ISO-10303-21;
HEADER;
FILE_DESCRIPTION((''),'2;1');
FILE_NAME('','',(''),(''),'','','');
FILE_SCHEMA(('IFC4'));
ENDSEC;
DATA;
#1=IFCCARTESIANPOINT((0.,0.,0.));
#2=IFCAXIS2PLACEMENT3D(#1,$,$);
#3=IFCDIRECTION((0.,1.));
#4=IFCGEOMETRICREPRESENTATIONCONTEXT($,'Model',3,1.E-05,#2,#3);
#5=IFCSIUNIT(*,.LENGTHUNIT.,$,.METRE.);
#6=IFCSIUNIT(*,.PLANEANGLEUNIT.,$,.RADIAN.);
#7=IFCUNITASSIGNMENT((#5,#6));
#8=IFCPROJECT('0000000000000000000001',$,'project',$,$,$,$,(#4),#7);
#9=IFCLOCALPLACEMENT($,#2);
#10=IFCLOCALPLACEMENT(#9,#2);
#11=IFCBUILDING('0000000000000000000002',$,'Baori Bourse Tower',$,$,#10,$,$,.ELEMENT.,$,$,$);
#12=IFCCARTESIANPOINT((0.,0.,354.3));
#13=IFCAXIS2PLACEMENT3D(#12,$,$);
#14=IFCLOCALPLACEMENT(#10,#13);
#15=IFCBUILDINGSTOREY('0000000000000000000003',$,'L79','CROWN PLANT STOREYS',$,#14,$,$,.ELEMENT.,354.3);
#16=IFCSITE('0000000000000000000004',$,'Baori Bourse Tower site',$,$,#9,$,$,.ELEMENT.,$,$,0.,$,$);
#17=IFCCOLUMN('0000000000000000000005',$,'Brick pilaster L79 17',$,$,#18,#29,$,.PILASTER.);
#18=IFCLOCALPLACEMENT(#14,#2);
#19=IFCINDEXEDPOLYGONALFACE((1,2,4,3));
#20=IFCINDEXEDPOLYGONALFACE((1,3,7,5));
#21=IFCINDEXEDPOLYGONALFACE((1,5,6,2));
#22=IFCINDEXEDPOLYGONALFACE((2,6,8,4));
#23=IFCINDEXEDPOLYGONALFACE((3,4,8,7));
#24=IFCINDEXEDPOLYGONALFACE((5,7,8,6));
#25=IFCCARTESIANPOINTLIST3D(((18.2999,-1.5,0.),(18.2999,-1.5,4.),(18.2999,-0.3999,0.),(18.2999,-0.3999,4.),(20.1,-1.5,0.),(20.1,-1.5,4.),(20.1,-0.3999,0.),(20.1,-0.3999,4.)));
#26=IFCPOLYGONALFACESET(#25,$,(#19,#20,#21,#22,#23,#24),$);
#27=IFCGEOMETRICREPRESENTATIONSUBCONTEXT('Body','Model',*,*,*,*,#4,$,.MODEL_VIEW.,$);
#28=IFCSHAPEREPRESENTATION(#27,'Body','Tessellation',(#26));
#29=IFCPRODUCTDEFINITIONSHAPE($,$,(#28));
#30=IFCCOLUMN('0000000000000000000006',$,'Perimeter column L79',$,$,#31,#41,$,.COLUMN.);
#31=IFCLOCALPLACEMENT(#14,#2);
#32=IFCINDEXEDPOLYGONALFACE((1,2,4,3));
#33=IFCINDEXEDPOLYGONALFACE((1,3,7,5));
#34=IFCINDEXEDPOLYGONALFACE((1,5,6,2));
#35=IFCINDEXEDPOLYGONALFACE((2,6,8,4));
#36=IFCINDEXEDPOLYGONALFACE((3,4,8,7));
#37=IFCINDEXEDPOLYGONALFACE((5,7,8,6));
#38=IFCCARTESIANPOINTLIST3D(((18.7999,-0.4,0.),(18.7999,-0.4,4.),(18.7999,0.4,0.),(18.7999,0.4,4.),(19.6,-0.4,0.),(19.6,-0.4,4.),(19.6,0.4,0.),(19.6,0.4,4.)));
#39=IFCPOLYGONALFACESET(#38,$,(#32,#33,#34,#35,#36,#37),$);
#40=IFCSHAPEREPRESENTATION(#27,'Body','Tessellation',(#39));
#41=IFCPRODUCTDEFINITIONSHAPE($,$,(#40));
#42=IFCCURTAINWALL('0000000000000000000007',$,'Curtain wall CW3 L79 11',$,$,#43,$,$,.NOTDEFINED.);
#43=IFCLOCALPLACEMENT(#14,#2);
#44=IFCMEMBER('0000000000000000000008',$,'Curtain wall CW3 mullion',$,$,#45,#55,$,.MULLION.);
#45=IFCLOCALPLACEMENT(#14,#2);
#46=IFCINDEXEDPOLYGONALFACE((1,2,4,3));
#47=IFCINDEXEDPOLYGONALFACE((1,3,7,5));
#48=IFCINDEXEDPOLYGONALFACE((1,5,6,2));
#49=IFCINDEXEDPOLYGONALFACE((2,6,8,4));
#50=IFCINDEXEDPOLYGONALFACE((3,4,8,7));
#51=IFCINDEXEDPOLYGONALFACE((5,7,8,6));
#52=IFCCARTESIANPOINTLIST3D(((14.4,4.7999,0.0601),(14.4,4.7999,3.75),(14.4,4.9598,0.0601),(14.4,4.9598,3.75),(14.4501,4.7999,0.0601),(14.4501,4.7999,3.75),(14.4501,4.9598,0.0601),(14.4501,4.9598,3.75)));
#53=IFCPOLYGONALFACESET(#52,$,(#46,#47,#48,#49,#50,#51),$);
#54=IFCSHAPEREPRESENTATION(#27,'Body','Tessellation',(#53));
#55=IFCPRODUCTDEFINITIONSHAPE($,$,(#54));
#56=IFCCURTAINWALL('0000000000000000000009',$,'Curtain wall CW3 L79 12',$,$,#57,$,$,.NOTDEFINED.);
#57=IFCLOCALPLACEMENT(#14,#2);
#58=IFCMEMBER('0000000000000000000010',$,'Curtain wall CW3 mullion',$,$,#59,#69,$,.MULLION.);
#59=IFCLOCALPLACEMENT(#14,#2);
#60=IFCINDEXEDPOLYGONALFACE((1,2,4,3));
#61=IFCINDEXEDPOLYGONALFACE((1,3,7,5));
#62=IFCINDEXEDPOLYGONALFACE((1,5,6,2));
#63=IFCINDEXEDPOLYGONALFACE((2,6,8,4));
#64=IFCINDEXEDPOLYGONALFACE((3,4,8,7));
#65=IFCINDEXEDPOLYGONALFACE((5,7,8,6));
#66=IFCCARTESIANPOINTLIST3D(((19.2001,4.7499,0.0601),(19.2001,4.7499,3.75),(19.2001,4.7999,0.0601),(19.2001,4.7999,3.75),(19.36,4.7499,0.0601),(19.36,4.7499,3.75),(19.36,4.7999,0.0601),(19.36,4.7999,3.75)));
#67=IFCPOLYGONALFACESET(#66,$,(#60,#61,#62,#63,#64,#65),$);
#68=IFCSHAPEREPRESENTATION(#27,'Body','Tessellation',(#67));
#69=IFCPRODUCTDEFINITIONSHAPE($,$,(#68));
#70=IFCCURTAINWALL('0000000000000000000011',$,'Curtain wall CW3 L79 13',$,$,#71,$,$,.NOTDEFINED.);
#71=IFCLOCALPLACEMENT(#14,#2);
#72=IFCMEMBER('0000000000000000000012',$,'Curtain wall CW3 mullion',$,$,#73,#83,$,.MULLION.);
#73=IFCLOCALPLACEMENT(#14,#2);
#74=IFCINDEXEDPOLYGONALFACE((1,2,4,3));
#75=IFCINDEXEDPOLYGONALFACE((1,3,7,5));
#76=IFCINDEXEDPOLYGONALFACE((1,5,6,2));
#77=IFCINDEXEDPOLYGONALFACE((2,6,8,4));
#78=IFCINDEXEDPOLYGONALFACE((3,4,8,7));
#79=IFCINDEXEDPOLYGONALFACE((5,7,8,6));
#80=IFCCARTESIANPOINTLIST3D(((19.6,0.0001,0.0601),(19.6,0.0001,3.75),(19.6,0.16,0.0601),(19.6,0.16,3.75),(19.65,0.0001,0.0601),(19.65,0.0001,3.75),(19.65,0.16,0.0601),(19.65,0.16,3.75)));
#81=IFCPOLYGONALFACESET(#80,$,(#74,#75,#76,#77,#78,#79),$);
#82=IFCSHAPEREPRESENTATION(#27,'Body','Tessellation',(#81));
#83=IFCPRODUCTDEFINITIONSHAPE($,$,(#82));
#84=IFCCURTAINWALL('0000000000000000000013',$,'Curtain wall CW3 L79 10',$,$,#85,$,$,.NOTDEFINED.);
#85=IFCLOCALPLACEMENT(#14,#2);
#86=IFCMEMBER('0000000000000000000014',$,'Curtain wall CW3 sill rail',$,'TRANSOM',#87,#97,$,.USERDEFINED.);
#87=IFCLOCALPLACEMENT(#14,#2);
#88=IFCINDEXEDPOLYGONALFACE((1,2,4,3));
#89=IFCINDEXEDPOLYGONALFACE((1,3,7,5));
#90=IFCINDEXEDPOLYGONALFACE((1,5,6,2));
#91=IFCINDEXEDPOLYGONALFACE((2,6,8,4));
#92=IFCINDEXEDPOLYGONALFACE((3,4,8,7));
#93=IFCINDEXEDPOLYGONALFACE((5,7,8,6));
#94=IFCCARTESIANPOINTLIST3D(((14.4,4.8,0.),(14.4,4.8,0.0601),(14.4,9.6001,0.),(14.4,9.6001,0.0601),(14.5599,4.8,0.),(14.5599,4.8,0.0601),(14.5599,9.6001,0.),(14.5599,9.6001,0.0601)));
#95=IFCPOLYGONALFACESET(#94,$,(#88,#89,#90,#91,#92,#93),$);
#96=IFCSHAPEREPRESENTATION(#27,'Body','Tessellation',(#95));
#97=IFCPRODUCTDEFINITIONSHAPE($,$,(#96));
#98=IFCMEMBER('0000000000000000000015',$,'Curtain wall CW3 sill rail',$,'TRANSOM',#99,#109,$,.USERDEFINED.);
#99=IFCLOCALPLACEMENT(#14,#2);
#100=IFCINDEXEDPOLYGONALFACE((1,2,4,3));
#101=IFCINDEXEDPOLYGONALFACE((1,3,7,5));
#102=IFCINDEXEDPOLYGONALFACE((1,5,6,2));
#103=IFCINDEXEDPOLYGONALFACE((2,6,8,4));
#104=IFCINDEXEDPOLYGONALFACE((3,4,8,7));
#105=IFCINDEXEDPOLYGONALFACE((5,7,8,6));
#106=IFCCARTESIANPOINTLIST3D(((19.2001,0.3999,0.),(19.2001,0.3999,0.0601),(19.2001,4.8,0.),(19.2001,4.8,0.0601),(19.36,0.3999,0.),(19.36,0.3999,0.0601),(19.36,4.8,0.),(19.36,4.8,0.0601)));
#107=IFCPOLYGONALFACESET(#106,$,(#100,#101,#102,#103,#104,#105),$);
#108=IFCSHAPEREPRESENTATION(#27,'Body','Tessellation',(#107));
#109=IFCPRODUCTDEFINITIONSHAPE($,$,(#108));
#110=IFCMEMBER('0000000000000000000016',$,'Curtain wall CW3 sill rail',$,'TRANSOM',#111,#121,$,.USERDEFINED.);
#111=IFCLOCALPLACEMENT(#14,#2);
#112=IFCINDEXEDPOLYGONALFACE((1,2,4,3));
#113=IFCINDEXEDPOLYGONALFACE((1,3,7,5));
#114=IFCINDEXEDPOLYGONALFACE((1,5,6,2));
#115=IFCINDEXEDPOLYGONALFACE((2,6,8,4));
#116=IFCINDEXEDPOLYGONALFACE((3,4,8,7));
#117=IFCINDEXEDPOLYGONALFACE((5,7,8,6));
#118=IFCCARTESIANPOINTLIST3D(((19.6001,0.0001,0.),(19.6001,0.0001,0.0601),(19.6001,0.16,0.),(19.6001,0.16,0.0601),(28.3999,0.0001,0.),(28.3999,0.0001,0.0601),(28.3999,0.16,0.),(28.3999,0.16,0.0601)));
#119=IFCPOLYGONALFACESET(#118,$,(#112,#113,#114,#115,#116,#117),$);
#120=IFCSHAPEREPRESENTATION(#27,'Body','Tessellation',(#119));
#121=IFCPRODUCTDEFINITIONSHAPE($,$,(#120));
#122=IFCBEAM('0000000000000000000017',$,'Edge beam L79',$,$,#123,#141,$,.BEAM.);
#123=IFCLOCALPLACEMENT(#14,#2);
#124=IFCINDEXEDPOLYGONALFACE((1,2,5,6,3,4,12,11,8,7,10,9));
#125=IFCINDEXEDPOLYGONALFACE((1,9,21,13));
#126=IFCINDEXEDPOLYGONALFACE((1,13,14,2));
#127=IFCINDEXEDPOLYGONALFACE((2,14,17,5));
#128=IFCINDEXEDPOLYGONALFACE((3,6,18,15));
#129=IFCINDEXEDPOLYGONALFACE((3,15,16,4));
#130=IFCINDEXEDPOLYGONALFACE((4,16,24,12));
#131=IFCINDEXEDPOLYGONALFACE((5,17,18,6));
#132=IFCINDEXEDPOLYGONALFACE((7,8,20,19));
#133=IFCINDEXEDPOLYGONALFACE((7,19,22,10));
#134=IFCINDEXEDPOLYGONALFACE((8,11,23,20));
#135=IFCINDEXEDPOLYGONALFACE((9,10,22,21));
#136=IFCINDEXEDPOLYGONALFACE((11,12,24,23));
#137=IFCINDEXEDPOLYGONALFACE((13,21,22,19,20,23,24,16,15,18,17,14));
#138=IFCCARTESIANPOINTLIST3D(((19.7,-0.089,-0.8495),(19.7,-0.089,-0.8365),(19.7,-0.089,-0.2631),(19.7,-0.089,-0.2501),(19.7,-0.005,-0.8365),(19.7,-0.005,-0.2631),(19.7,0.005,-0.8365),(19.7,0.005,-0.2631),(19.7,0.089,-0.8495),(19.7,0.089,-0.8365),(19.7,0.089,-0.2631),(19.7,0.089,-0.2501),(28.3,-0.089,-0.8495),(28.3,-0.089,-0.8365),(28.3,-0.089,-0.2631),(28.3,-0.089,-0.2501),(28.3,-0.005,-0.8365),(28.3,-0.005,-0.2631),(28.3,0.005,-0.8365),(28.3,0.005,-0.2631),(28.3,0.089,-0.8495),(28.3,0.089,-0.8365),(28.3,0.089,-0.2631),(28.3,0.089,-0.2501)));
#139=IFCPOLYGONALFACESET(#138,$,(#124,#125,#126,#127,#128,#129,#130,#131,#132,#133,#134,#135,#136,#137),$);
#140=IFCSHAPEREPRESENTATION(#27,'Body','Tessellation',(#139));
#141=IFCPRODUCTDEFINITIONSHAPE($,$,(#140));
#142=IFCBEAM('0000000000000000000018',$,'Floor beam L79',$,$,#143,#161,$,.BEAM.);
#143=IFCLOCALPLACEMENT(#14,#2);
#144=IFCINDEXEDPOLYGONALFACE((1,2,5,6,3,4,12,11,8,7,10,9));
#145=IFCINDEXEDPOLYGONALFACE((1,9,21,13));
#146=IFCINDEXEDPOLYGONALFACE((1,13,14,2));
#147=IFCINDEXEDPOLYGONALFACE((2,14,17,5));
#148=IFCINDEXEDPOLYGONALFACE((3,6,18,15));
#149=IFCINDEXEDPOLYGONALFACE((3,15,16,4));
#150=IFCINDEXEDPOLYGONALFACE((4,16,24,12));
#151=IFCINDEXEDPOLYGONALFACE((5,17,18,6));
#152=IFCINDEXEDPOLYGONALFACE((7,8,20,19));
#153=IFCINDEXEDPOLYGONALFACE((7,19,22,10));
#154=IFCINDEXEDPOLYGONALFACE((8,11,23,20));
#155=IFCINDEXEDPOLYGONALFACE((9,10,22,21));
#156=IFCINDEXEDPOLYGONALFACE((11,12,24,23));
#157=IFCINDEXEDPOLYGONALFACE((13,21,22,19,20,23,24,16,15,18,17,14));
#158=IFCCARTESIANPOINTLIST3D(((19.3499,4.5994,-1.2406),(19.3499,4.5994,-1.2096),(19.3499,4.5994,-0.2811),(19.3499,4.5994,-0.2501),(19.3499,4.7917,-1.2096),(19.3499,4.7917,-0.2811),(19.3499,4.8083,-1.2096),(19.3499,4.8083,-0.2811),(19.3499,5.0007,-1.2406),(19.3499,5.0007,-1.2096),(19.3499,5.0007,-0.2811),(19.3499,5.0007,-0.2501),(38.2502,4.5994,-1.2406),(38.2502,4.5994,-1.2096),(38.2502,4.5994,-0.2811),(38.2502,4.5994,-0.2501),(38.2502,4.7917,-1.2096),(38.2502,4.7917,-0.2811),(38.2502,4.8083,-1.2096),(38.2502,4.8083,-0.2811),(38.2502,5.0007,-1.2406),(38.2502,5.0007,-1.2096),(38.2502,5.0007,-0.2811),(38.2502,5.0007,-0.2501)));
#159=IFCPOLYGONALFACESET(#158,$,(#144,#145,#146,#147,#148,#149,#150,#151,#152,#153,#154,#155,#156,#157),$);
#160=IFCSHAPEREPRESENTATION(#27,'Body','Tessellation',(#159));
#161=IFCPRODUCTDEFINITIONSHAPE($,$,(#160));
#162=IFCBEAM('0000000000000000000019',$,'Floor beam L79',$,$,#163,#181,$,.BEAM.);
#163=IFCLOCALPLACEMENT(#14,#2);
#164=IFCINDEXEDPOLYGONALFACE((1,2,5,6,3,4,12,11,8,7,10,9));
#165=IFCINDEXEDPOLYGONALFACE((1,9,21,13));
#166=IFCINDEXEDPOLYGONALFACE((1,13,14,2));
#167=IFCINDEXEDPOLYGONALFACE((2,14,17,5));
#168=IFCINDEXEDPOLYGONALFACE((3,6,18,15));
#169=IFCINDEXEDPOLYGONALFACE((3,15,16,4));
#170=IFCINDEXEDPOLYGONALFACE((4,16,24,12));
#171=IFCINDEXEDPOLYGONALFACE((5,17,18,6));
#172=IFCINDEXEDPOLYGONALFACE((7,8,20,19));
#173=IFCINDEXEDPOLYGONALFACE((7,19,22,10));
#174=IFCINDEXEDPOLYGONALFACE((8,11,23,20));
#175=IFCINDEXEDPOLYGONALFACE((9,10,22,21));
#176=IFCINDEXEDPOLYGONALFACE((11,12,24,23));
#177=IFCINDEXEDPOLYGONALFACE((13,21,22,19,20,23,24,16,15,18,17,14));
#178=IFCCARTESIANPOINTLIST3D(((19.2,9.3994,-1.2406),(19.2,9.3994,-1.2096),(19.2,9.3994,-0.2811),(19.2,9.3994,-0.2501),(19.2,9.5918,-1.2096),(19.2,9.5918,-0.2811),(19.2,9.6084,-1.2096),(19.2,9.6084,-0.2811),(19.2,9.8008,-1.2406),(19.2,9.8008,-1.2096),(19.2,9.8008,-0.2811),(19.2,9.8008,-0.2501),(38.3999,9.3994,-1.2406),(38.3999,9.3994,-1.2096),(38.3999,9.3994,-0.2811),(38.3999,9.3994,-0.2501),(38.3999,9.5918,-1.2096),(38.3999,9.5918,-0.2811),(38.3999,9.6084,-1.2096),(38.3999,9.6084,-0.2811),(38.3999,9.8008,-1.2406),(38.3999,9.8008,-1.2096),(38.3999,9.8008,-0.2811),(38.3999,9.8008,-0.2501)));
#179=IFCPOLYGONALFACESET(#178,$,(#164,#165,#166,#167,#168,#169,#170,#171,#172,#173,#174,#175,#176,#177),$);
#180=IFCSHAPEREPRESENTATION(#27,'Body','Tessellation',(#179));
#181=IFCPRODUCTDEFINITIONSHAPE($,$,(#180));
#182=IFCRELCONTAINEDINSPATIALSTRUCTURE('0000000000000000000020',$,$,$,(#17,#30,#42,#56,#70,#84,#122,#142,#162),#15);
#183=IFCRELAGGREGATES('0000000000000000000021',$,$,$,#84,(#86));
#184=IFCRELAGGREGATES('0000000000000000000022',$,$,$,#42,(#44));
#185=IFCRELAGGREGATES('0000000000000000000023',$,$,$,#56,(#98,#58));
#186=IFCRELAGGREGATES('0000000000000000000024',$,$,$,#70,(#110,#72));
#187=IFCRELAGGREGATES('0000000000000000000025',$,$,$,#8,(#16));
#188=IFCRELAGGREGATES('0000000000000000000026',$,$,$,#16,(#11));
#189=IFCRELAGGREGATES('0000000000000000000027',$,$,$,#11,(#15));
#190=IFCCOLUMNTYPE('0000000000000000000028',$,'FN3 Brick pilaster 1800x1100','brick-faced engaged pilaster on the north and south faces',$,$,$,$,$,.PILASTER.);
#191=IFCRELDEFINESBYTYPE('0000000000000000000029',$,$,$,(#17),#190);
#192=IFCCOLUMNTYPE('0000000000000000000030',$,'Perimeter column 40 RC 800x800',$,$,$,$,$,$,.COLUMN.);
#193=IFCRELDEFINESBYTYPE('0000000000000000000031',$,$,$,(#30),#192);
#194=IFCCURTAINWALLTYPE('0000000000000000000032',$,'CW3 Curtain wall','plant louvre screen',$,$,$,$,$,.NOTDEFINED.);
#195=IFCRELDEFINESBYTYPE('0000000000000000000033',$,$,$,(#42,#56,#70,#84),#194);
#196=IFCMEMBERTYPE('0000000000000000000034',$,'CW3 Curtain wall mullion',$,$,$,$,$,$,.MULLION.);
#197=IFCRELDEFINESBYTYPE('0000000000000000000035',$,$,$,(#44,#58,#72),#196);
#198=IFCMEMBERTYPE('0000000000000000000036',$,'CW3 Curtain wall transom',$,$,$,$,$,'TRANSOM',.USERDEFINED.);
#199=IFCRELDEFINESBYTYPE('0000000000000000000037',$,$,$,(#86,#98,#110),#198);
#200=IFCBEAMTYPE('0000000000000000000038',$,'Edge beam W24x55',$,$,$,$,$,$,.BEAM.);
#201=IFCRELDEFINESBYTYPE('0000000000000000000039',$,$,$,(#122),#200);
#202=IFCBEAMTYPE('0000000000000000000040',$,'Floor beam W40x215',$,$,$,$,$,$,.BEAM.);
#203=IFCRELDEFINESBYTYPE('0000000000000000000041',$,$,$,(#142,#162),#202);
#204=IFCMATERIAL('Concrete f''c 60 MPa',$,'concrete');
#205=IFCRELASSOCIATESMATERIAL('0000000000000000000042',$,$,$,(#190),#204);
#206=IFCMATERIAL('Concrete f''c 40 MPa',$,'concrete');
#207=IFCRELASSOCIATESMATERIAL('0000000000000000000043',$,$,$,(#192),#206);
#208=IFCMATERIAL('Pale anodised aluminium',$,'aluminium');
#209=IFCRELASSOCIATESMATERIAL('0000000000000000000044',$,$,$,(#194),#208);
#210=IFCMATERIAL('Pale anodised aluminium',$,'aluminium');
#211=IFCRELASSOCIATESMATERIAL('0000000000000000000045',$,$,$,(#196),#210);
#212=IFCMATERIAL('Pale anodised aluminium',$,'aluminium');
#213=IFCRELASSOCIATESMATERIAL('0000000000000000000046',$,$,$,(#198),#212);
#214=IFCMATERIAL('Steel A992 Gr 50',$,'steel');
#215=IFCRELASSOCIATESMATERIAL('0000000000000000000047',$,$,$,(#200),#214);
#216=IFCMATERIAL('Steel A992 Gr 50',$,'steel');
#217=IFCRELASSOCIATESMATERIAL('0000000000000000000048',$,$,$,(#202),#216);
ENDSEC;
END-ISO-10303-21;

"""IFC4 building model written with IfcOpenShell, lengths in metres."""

from ifc_helpers import new_model, si_unit, direction, frame, origin, origin_2d, place, context, subcontext, project, spatial, rectangle, i_section, extrude, material, material_profile, profile_set, type_object, element, aggregate, save


model = new_model("IFC4")

# Units and contexts
model_context = context("Model", 3, precision=1e-05, world=origin(), true_north=direction((0.0, 1.0)))
body_context = subcontext(model_context, "Body", "Model", "MODEL_VIEW")
ifc_project = project(units=[si_unit("LENGTHUNIT", "METRE"), si_unit("PLANEANGLEUNIT", "RADIAN")], contexts=[model_context])

# Site, building, storey
site_placement = place(None, origin())
site = spatial("IfcSite", under=ifc_project, at=site_placement, Name="Baori Bourse Tower site", CompositionType="ELEMENT", RefElevation=0.0)
building_placement = place(site_placement, origin())
building = spatial("IfcBuilding", under=site, at=building_placement, Name="Baori Bourse Tower", CompositionType="ELEMENT")
storey_placement = place(building_placement, frame((0.0, 0.0, 354.3)))
storey = spatial("IfcBuildingStorey", under=building, at=storey_placement, Name="L79", Description="CROWN PLANT STOREYS", CompositionType="ELEMENT", Elevation=354.3)

# Columns
ifc_material_1 = material(Name="Concrete f'c 60 MPa", Category="concrete")
ifc_material_profile_1 = material_profile(ifc_material_1, rectangle(XDim=1.8, YDim=1.1001, at=origin_2d()), Name="RC 1800x1100")
ifc_profile_set_1 = profile_set([ifc_material_profile_1], Name="Concrete f'c 60 MPa")
column_type_1 = type_object("IfcColumnType", Name="FN3 Brick pilaster 1800x1100", Description="brick-faced engaged pilaster on the north and south faces", PredefinedType="PILASTER", material=ifc_profile_set_1)
column_1_placement = place(storey_placement, frame((19.2, -0.95, 0.0), z_axis=(0.0, 0.0, 1.0), x_axis=(1.0, 0.0, 0.0)))
element("IfcColumn", 1, at=column_1_placement, inside=storey, type_object=column_type_1, Name="Brick pilaster L79 17", PredefinedType="PILASTER", context=body_context, shape_type="SweptSolid", body=[
    extrude(rectangle(XDim=1.8, YDim=1.1001, at=origin_2d()), origin(), (0.0, 0.0, 1.0), 4.0),
])
ifc_material_2 = material(Name="Concrete f'c 40 MPa", Category="concrete")
ifc_material_profile_2 = material_profile(ifc_material_2, rectangle(XDim=0.8, YDim=0.8, at=origin_2d()), Name="RC 800x800")
ifc_profile_set_2 = profile_set([ifc_material_profile_2], Name="Concrete f'c 40 MPa")
column_type_2 = type_object("IfcColumnType", Name="Perimeter column 40 RC 800x800", PredefinedType="COLUMN", material=ifc_profile_set_2)
column_2_placement = place(storey_placement, frame((19.2, 0.0, 0.0), z_axis=(0.0, 0.0, 1.0), x_axis=(1.0, 0.0, 0.0)))
element("IfcColumn", 2, at=column_2_placement, inside=storey, type_object=column_type_2, Name="Perimeter column L79", PredefinedType="COLUMN", context=body_context, shape_type="SweptSolid", body=[
    extrude(rectangle(XDim=0.8, YDim=0.8, at=origin_2d()), origin(), (0.0, 0.0, 1.0), 4.0),
])

# Curtain walls, members
ifc_material_3 = material(Name="Pale anodised aluminium", Category="aluminium")
curtain_wall_type = type_object("IfcCurtainWallType", Name="CW3 Curtain wall", Description="plant louvre screen", PredefinedType="NOTDEFINED", material=ifc_material_3)
curtain_wall_1_placement = place(storey_placement, origin())
curtain_wall_1 = element("IfcCurtainWall", 3, at=curtain_wall_1_placement, inside=storey, type_object=curtain_wall_type, Name="Curtain wall CW3 L79 11", PredefinedType="NOTDEFINED")
ifc_material_4 = material(Name="Pale anodised aluminium", Category="aluminium")
ifc_material_profile_3 = material_profile(ifc_material_4, rectangle(XDim=0.1599, YDim=0.05, at=origin_2d()), Name="Mullion 50x160")
ifc_profile_set_3 = profile_set([ifc_material_profile_3], Name="Pale anodised aluminium")
member_type_1 = type_object("IfcMemberType", Name="CW3 Curtain wall mullion", PredefinedType="MULLION", material=ifc_profile_set_3)
member_1_placement = place(storey_placement, frame((14.425, 4.8799, 0.0601), z_axis=(0.0, 0.0, 1.0), x_axis=(0.0, 1.0, 0.0)))
member_1 = element("IfcMember", 4, at=member_1_placement, type_object=member_type_1, Name="Curtain wall CW3 mullion", PredefinedType="MULLION", context=body_context, shape_type="SweptSolid", body=[
    extrude(rectangle(XDim=0.1599, YDim=0.05, at=origin_2d()), origin(), (0.0, 0.0, 1.0), 3.6899),
])
curtain_wall_2_placement = place(storey_placement, origin())
curtain_wall_2 = element("IfcCurtainWall", 5, at=curtain_wall_2_placement, inside=storey, type_object=curtain_wall_type, Name="Curtain wall CW3 L79 12", PredefinedType="NOTDEFINED")
member_2_placement = place(storey_placement, frame((19.28, 4.7749, 0.0601), z_axis=(0.0, 0.0, 1.0), x_axis=(1.0, 0.0, 0.0)))
member_2 = element("IfcMember", 6, at=member_2_placement, type_object=member_type_1, Name="Curtain wall CW3 mullion", PredefinedType="MULLION", context=body_context, shape_type="SweptSolid", body=[
    extrude(rectangle(XDim=0.1599, YDim=0.05, at=origin_2d()), origin(), (0.0, 0.0, 1.0), 3.6899),
])
curtain_wall_3_placement = place(storey_placement, origin())
curtain_wall_3 = element("IfcCurtainWall", 7, at=curtain_wall_3_placement, inside=storey, type_object=curtain_wall_type, Name="Curtain wall CW3 L79 13", PredefinedType="NOTDEFINED")
member_3_placement = place(storey_placement, frame((19.625, 0.0801, 0.0601), z_axis=(0.0, 0.0, 1.0), x_axis=(0.0, 1.0, 0.0)))
member_3 = element("IfcMember", 8, at=member_3_placement, type_object=member_type_1, Name="Curtain wall CW3 mullion", PredefinedType="MULLION", context=body_context, shape_type="SweptSolid", body=[
    extrude(rectangle(XDim=0.1599, YDim=0.05, at=origin_2d()), origin(), (0.0, 0.0, 1.0), 3.6899),
])
curtain_wall_4_placement = place(storey_placement, origin())
curtain_wall_4 = element("IfcCurtainWall", 9, at=curtain_wall_4_placement, inside=storey, type_object=curtain_wall_type, Name="Curtain wall CW3 L79 10", PredefinedType="NOTDEFINED")
ifc_material_5 = material(Name="Pale anodised aluminium", Category="aluminium")
ifc_material_profile_4 = material_profile(ifc_material_5, rectangle(XDim=0.1599, YDim=0.0601, at=origin_2d()), Name="Transom 60x160")
ifc_profile_set_4 = profile_set([ifc_material_profile_4], Name="Pale anodised aluminium")
member_type_2 = type_object("IfcMemberType", Name="CW3 Curtain wall transom", ElementType="TRANSOM", PredefinedType="USERDEFINED", material=ifc_profile_set_4)
member_4_placement = place(storey_placement, frame((14.48, 9.6001, 0.03), z_axis=(0.0, -1.0, 0.0), x_axis=(1.0, 0.0, 0.0)))
member_4 = element("IfcMember", 10, at=member_4_placement, type_object=member_type_2, Name="Curtain wall CW3 sill rail", ObjectType="TRANSOM", PredefinedType="USERDEFINED", context=body_context, shape_type="SweptSolid", body=[
    extrude(rectangle(XDim=0.1599, YDim=0.0601, at=origin_2d()), origin(), (0.0, 0.0, 1.0), 4.8),
])

# Members
member_5_placement = place(storey_placement, frame((19.28, 4.8, 0.03), z_axis=(0.0, -1.0, 0.0), x_axis=(1.0, 0.0, 0.0)))
member_5 = element("IfcMember", 11, at=member_5_placement, type_object=member_type_2, Name="Curtain wall CW3 sill rail", ObjectType="TRANSOM", PredefinedType="USERDEFINED", context=body_context, shape_type="SweptSolid", body=[
    extrude(rectangle(XDim=0.1599, YDim=0.0601, at=origin_2d()), origin(), (0.0, 0.0, 1.0), 4.4001),
])
member_6_placement = place(storey_placement, frame((19.6001, 0.0801, 0.03), z_axis=(1.0, 0.0, 0.0), x_axis=(0.0, 1.0, 0.0)))
member_6 = element("IfcMember", 12, at=member_6_placement, type_object=member_type_2, Name="Curtain wall CW3 sill rail", ObjectType="TRANSOM", PredefinedType="USERDEFINED", context=body_context, shape_type="SweptSolid", body=[
    extrude(rectangle(XDim=0.1599, YDim=0.0601, at=origin_2d()), origin(), (0.0, 0.0, 1.0), 8.7998),
])

# Beams
ifc_material_6 = material(Name="Steel A992 Gr 50", Category="steel")
ifc_material_profile_5 = material_profile(ifc_material_6, i_section(OverallWidth=0.178, OverallDepth=0.5994, WebThickness=0.01, FlangeThickness=0.0129, at=origin_2d()), Name="W24x55")
ifc_profile_set_5 = profile_set([ifc_material_profile_5], Name="Steel A992 Gr 50")
beam_type_1 = type_object("IfcBeamType", Name="Edge beam W24x55", PredefinedType="BEAM", material=ifc_profile_set_5)
beam_1_placement = place(storey_placement, frame((19.7, 0.0, -0.5498), z_axis=(1.0, 0.0, 0.0), x_axis=(0.0, 1.0, 0.0)))
element("IfcBeam", 13, at=beam_1_placement, inside=storey, type_object=beam_type_1, Name="Edge beam L79", PredefinedType="BEAM", context=body_context, shape_type="SweptSolid", body=[
    extrude(i_section(OverallWidth=0.178, OverallDepth=0.5994, WebThickness=0.01, FlangeThickness=0.0129, at=origin_2d()), origin(), (0.0, 0.0, 1.0), 8.6001),
])
ifc_material_7 = material(Name="Steel A992 Gr 50", Category="steel")
ifc_material_profile_6 = material_profile(ifc_material_7, i_section(OverallWidth=0.4014, OverallDepth=0.9905, WebThickness=0.0166, FlangeThickness=0.031, at=origin_2d()), Name="W40x215")
ifc_profile_set_6 = profile_set([ifc_material_profile_6], Name="Steel A992 Gr 50")
beam_type_2 = type_object("IfcBeamType", Name="Floor beam W40x215", PredefinedType="BEAM", material=ifc_profile_set_6)
beam_2_placement = place(storey_placement, frame((19.3499, 4.8, -0.7454), z_axis=(1.0, 0.0, 0.0), x_axis=(0.0, 1.0, 0.0)))
element("IfcBeam", 14, at=beam_2_placement, inside=storey, type_object=beam_type_2, Name="Floor beam L79", PredefinedType="BEAM", context=body_context, shape_type="SweptSolid", body=[
    extrude(i_section(OverallWidth=0.4014, OverallDepth=0.9905, WebThickness=0.0166, FlangeThickness=0.031, at=origin_2d()), origin(), (0.0, 0.0, 1.0), 18.9004),
])
for number, where, z_axis, x_axis, name in (
    (15, (19.2, 9.6001, -0.7454), (1.0, 0.0, 0.0), (0.0, 1.0, 0.0), "Floor beam L79"),
):
    element("IfcBeam", number, at=place(storey_placement, frame(where, z_axis=z_axis, x_axis=x_axis)), inside=storey, type_object=beam_type_2, Name=name, PredefinedType="BEAM", context=body_context, shape_type="SweptSolid", body=[
        extrude(i_section(OverallWidth=0.4014, OverallDepth=0.9905, WebThickness=0.0166, FlangeThickness=0.031, at=origin_2d()), origin(), (0.0, 0.0, 1.0), 19.2),
    ])

aggregate(curtain_wall_4, [member_4])
aggregate(curtain_wall_1, [member_1])
aggregate(curtain_wall_2, [member_5, member_2])
aggregate(curtain_wall_3, [member_6, member_3])

save(model, "model.ifc")
